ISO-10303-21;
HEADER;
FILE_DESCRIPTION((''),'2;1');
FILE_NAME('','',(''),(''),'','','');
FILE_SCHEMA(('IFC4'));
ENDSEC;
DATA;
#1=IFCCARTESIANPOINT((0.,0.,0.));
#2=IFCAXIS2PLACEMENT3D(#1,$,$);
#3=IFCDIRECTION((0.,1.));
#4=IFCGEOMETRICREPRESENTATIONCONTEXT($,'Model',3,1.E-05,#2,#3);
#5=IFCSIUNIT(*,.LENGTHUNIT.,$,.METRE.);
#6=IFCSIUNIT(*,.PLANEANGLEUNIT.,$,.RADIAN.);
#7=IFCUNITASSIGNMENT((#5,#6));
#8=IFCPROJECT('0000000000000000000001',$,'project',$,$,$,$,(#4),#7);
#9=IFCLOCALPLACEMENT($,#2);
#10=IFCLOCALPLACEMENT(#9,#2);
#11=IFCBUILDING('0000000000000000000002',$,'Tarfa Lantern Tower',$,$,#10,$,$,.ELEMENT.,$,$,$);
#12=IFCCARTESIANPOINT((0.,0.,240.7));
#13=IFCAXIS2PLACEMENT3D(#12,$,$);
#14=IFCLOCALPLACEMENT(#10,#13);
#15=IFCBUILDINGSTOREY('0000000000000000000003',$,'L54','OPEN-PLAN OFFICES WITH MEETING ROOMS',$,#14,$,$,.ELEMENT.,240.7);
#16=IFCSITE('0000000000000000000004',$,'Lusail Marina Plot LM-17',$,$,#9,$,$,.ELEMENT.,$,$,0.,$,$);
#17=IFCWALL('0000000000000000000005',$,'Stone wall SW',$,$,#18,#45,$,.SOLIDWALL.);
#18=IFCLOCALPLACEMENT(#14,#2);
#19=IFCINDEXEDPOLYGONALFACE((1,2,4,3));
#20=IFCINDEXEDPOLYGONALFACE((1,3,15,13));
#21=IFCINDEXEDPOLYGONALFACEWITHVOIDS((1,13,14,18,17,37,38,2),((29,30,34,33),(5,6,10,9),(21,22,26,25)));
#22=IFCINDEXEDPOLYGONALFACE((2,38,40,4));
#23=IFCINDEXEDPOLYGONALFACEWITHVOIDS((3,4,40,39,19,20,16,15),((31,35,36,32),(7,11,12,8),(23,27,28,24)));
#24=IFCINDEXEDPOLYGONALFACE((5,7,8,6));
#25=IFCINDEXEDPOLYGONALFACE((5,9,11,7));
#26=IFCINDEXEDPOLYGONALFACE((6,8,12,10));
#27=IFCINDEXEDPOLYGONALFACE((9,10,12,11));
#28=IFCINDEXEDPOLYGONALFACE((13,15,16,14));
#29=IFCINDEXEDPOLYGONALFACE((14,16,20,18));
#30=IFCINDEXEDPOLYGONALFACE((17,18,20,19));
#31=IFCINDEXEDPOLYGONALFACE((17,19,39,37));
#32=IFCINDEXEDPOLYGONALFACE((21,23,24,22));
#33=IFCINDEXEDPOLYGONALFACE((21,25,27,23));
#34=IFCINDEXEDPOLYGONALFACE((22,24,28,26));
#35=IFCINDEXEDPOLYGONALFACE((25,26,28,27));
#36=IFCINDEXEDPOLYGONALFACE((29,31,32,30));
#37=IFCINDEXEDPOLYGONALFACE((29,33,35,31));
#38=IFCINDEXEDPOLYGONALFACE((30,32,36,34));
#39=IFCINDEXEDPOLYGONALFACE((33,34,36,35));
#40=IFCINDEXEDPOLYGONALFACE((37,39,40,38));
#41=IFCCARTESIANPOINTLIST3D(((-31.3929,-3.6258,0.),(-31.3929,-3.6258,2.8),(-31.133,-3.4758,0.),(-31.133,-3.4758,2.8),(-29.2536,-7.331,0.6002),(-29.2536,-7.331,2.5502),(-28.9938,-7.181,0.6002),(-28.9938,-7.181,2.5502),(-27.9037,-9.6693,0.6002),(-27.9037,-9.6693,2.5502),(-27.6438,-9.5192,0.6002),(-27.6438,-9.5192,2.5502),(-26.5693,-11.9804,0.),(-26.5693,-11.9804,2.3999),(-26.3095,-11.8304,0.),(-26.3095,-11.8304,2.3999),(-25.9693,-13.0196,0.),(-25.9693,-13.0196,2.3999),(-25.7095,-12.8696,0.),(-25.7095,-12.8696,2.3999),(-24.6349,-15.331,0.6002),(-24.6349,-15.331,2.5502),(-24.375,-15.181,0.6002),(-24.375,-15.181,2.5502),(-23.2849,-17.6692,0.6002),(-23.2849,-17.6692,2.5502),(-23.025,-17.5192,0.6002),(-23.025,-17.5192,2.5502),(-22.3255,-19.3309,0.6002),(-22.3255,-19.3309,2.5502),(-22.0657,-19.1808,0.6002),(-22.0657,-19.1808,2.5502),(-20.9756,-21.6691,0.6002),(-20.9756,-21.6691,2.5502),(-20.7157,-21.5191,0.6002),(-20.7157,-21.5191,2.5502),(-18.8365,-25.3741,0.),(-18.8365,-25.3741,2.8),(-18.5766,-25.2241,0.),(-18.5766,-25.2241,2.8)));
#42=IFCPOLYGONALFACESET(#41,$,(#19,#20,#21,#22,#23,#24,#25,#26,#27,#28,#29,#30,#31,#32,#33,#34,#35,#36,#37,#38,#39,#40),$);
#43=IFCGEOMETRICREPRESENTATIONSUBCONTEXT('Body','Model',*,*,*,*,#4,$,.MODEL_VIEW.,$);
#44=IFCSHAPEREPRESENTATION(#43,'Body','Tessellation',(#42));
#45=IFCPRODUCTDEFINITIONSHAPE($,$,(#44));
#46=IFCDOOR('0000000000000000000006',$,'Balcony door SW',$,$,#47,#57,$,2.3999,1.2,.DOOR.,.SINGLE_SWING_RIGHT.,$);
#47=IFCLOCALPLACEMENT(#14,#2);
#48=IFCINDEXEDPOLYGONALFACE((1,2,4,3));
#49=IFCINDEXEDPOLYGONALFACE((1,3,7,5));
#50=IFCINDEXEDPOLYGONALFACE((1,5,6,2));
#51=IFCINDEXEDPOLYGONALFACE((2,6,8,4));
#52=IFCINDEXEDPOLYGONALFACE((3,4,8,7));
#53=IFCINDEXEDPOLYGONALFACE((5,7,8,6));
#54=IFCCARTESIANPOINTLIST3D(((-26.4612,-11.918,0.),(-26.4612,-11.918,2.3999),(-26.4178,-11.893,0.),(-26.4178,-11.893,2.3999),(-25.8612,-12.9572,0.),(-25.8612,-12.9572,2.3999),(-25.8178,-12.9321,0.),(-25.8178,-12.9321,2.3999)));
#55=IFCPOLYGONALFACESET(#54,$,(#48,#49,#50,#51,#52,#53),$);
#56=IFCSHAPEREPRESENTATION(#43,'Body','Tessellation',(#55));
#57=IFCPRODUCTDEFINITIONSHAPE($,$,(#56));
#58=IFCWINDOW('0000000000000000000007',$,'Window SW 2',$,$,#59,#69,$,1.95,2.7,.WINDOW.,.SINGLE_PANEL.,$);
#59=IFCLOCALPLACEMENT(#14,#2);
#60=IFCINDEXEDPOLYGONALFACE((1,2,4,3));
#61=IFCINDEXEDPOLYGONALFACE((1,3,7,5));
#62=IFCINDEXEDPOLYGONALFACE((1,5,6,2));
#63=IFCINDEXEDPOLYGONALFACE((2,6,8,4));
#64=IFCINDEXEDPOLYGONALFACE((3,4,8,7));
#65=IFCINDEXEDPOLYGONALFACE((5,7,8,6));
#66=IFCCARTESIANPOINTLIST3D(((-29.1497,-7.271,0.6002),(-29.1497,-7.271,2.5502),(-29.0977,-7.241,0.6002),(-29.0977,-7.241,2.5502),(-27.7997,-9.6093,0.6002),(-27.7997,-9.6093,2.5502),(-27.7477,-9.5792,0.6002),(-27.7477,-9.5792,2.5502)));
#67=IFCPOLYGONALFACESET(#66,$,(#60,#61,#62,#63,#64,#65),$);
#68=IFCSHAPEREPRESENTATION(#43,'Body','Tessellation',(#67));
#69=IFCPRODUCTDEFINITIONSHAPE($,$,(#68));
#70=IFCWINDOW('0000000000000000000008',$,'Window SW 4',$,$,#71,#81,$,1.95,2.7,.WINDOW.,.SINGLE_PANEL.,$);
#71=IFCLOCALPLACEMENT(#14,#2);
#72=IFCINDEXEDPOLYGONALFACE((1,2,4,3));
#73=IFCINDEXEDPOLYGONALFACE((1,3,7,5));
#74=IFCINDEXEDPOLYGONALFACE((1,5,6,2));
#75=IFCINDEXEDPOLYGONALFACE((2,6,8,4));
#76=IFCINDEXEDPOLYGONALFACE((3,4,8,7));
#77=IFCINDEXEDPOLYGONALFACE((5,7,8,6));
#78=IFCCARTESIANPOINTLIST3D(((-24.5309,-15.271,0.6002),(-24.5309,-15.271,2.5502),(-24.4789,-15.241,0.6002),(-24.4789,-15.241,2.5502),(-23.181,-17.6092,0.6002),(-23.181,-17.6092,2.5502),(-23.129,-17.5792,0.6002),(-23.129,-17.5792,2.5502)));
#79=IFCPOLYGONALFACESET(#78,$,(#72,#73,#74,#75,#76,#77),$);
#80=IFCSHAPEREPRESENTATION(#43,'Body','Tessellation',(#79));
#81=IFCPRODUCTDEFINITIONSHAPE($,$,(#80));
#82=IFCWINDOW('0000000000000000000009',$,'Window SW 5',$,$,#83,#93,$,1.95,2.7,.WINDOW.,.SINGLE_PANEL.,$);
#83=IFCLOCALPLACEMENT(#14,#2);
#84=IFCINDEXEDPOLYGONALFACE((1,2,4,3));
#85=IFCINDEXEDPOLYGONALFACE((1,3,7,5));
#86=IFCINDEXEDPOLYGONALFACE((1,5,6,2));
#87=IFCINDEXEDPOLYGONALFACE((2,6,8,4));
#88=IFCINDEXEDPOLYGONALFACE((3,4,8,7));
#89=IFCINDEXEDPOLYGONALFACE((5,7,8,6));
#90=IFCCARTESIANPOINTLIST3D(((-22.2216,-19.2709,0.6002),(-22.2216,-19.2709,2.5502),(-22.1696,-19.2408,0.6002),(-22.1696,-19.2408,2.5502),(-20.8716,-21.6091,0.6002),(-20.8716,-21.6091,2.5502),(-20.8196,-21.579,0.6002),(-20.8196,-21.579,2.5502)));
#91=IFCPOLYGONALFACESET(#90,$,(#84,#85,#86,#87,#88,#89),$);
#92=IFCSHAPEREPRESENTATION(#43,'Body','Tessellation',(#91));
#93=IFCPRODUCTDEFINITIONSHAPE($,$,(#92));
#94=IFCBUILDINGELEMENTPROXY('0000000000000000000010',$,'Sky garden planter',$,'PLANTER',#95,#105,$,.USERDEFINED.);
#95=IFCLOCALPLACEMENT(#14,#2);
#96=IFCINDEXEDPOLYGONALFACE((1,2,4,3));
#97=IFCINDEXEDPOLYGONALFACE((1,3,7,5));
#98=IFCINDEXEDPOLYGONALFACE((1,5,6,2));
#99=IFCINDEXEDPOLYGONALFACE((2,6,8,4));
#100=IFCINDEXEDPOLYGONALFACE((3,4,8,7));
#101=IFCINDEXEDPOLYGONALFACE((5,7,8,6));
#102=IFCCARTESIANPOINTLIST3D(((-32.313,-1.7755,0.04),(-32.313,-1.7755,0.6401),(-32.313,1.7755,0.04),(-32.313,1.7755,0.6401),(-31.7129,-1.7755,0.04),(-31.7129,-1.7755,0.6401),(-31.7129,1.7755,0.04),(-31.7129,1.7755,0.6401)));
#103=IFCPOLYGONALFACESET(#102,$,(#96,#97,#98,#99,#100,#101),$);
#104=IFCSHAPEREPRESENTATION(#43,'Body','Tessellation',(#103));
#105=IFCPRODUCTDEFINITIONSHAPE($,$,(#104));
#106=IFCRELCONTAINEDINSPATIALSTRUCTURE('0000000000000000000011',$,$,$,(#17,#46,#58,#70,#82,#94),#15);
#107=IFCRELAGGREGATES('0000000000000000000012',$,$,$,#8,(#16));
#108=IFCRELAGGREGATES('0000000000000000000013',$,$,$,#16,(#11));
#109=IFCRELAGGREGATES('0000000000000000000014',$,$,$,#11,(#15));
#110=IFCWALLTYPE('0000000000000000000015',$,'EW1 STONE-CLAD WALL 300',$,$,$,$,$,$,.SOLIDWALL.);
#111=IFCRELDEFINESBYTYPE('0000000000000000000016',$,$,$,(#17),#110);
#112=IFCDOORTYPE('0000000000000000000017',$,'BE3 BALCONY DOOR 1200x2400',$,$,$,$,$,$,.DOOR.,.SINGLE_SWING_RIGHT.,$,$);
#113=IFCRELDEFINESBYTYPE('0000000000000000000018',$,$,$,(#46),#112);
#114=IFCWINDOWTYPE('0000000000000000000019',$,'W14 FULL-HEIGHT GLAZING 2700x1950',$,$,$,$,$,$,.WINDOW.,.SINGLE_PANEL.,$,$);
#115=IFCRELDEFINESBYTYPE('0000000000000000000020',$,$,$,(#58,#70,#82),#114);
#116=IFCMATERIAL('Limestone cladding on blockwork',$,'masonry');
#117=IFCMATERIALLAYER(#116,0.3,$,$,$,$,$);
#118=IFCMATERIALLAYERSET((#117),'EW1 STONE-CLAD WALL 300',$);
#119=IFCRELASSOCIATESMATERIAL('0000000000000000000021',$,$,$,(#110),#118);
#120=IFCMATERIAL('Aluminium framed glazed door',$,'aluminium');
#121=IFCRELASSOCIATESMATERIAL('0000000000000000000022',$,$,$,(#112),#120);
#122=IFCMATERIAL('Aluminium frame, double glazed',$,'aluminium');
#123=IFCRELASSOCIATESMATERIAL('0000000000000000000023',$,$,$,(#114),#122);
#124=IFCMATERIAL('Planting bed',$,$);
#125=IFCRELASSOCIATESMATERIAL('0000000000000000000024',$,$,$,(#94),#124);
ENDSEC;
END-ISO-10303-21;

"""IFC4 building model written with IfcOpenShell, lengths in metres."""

from ifc_helpers import new_model, si_unit, direction, frame, frame_2d, origin, origin_2d, place, context, subcontext, project, spatial, rectangle, extrude, material, layer, layer_set, type_object, element, fill, save


model = new_model("IFC4")

# Units and contexts
model_context = context("Model", 3, precision=1e-05, world=origin(), true_north=direction((0.0, 1.0)))
body_context = subcontext(model_context, "Body", "Model", "MODEL_VIEW")
ifc_project = project(units=[si_unit("LENGTHUNIT", "METRE"), si_unit("PLANEANGLEUNIT", "RADIAN")], contexts=[model_context])

# Site, building, storey
site_placement = place(None, origin())
site = spatial("IfcSite", under=ifc_project, at=site_placement, Name="Lusail Marina Plot LM-17", CompositionType="ELEMENT", RefElevation=0.0)
building_placement = place(site_placement, origin())
building = spatial("IfcBuilding", under=site, at=building_placement, Name="Tarfa Lantern Tower", CompositionType="ELEMENT")
storey_placement = place(building_placement, frame((0.0, 0.0, 240.7)))
storey = spatial("IfcBuildingStorey", under=building, at=storey_placement, Name="L54", Description="OPEN-PLAN OFFICES WITH MEETING ROOMS", CompositionType="ELEMENT", Elevation=240.7)

# Wall, openings, door, windows
ifc_material_1 = material(Name="Limestone cladding on blockwork", Category="masonry")
ifc_layer_1 = layer(ifc_material_1, 0.3)
ifc_layer_set_1 = layer_set([ifc_layer_1], Name="EW1 STONE-CLAD WALL 300")
wall_type = type_object("IfcWallType", Name="EW1 STONE-CLAD WALL 300", PredefinedType="SOLIDWALL", material=ifc_layer_set_1)
wall_placement = place(storey_placement, frame((-31.2629, -3.5508, 0.0), z_axis=(0.0, 0.0, 1.0), x_axis=(0.5, -0.866025, 0.0)))
wall = element("IfcWall", 1, at=wall_placement, inside=storey, type_object=wall_type, Name="Stone wall SW", PredefinedType="SOLIDWALL", context=body_context, shape_type="SweptSolid", body=[
    extrude(rectangle(XDim=25.1128, YDim=0.3, at=frame_2d((12.5564, 0.0))), origin(), (0.0, 0.0, 1.0), 2.8),
])
opening_1_placement = place(wall_placement, frame((4.2783, 0.0, 0.6001)))
opening_1 = element("IfcOpeningElement", 2, at=opening_1_placement, cuts=wall, PredefinedType="OPENING", context=body_context, shape_type="SweptSolid", body=[
    extrude(rectangle(XDim=2.7, YDim=1.95, at=frame_2d((1.3501, 0.9751))), frame((0.0, 0.1599, 0.0), z_axis=(0.0, -1.0, 0.0), x_axis=(1.0, 0.0, 0.0)), (0.0, 0.0, 1.0), 0.3201),
])
opening_2_placement = place(wall_placement, frame((9.647, 0.0, 0.0)))
opening_2 = element("IfcOpeningElement", 3, at=opening_2_placement, cuts=wall, PredefinedType="OPENING", context=body_context, shape_type="SweptSolid", body=[
    extrude(rectangle(XDim=1.2, YDim=2.3999, at=frame_2d((0.6001, 1.2))), frame((0.0, 0.1599, 0.0), z_axis=(0.0, -1.0, 0.0), x_axis=(1.0, 0.0, 0.0)), (0.0, 0.0, 1.0), 0.3201),
])
opening_3_placement = place(wall_placement, frame((13.5159, 0.0, 0.6001)))
opening_3 = element("IfcOpeningElement", 4, at=opening_3_placement, cuts=wall, PredefinedType="OPENING", context=body_context, shape_type="SweptSolid", body=[
    extrude(rectangle(XDim=2.7, YDim=1.95, at=frame_2d((1.3501, 0.9751))), frame((0.0, 0.1599, 0.0), z_axis=(0.0, -1.0, 0.0), x_axis=(1.0, 0.0, 0.0)), (0.0, 0.0, 1.0), 0.3201),
])
opening_4_placement = place(wall_placement, frame((18.1345, 0.0, 0.6001)))
opening_4 = element("IfcOpeningElement", 5, at=opening_4_placement, cuts=wall, PredefinedType="OPENING", context=body_context, shape_type="SweptSolid", body=[
    extrude(rectangle(XDim=2.7, YDim=1.95, at=frame_2d((1.3501, 0.9751))), frame((0.0, 0.1599, 0.0), z_axis=(0.0, -1.0, 0.0), x_axis=(1.0, 0.0, 0.0)), (0.0, 0.0, 1.0), 0.3201),
])
ifc_material_2 = material(Name="Aluminium framed glazed door", Category="aluminium")
door_type = type_object("IfcDoorType", Name="BE3 BALCONY DOOR 1200x2400", OperationType="SINGLE_SWING_RIGHT", PredefinedType="DOOR", material=ifc_material_2)
door_placement = place(opening_2_placement, origin())
door = element("IfcDoor", 6, at=door_placement, inside=storey, type_object=door_type, Name="Balcony door SW", OperationType="SINGLE_SWING_RIGHT", OverallHeight=2.3999, OverallWidth=1.2, PredefinedType="DOOR", context=body_context, shape_type="SweptSolid", body=[
    extrude(rectangle(XDim=1.2, YDim=2.3999, at=frame_2d((0.6001, 1.2))), frame((0.0, 0.0249, 0.0), z_axis=(0.0, -1.0, 0.0), x_axis=(1.0, 0.0, 0.0)), (0.0, 0.0, 1.0), 0.05),
])
fill(opening_2, door)
ifc_material_3 = material(Name="Aluminium frame, double glazed", Category="aluminium")
window_type = type_object("IfcWindowType", Name="W14 FULL-HEIGHT GLAZING 2700x1950", PartitioningType="SINGLE_PANEL", PredefinedType="WINDOW", material=ifc_material_3)
window_1_placement = place(opening_1_placement, origin())
window_1 = element("IfcWindow", 7, at=window_1_placement, inside=storey, type_object=window_type, Name="Window SW 2", OverallHeight=1.95, OverallWidth=2.7, PartitioningType="SINGLE_PANEL", PredefinedType="WINDOW", context=body_context, shape_type="SweptSolid", body=[
    extrude(rectangle(XDim=2.7, YDim=1.95, at=frame_2d((1.3501, 0.9751))), frame((0.0, 0.03, 0.0), z_axis=(0.0, -1.0, 0.0), x_axis=(1.0, 0.0, 0.0)), (0.0, 0.0, 1.0), 0.0601),
])
fill(opening_1, window_1)
window_2_placement = place(opening_3_placement, origin())
window_2 = element("IfcWindow", 8, at=window_2_placement, inside=storey, type_object=window_type, Name="Window SW 4", OverallHeight=1.95, OverallWidth=2.7, PartitioningType="SINGLE_PANEL", PredefinedType="WINDOW", context=body_context, shape_type="SweptSolid", body=[
    extrude(rectangle(XDim=2.7, YDim=1.95, at=frame_2d((1.3501, 0.9751))), frame((0.0, 0.03, 0.0), z_axis=(0.0, -1.0, 0.0), x_axis=(1.0, 0.0, 0.0)), (0.0, 0.0, 1.0), 0.0601),
])
fill(opening_3, window_2)
window_3_placement = place(opening_4_placement, origin())
window_3 = element("IfcWindow", 9, at=window_3_placement, inside=storey, type_object=window_type, Name="Window SW 5", OverallHeight=1.95, OverallWidth=2.7, PartitioningType="SINGLE_PANEL", PredefinedType="WINDOW", context=body_context, shape_type="SweptSolid", body=[
    extrude(rectangle(XDim=2.7, YDim=1.95, at=frame_2d((1.3501, 0.9751))), frame((0.0, 0.03, 0.0), z_axis=(0.0, -1.0, 0.0), x_axis=(1.0, 0.0, 0.0)), (0.0, 0.0, 1.0), 0.0601),
])
fill(opening_4, window_3)

# Building element proxy
ifc_material_4 = material(Name="Planting bed")
proxy_placement = place(storey_placement, frame((-32.0129, 0.0, 0.04), z_axis=(0.0, 0.0, 1.0), x_axis=(0.0, -1.0, 0.0)))
element("IfcBuildingElementProxy", 10, at=proxy_placement, inside=storey, material=ifc_material_4, Name="Sky garden planter", ObjectType="PLANTER", PredefinedType="USERDEFINED", context=body_context, shape_type="SweptSolid", body=[
    extrude(rectangle(XDim=3.551, YDim=0.6001, at=origin_2d()), origin(), (0.0, 0.0, 1.0), 0.6001),
])

save(model, "model.ifc")
